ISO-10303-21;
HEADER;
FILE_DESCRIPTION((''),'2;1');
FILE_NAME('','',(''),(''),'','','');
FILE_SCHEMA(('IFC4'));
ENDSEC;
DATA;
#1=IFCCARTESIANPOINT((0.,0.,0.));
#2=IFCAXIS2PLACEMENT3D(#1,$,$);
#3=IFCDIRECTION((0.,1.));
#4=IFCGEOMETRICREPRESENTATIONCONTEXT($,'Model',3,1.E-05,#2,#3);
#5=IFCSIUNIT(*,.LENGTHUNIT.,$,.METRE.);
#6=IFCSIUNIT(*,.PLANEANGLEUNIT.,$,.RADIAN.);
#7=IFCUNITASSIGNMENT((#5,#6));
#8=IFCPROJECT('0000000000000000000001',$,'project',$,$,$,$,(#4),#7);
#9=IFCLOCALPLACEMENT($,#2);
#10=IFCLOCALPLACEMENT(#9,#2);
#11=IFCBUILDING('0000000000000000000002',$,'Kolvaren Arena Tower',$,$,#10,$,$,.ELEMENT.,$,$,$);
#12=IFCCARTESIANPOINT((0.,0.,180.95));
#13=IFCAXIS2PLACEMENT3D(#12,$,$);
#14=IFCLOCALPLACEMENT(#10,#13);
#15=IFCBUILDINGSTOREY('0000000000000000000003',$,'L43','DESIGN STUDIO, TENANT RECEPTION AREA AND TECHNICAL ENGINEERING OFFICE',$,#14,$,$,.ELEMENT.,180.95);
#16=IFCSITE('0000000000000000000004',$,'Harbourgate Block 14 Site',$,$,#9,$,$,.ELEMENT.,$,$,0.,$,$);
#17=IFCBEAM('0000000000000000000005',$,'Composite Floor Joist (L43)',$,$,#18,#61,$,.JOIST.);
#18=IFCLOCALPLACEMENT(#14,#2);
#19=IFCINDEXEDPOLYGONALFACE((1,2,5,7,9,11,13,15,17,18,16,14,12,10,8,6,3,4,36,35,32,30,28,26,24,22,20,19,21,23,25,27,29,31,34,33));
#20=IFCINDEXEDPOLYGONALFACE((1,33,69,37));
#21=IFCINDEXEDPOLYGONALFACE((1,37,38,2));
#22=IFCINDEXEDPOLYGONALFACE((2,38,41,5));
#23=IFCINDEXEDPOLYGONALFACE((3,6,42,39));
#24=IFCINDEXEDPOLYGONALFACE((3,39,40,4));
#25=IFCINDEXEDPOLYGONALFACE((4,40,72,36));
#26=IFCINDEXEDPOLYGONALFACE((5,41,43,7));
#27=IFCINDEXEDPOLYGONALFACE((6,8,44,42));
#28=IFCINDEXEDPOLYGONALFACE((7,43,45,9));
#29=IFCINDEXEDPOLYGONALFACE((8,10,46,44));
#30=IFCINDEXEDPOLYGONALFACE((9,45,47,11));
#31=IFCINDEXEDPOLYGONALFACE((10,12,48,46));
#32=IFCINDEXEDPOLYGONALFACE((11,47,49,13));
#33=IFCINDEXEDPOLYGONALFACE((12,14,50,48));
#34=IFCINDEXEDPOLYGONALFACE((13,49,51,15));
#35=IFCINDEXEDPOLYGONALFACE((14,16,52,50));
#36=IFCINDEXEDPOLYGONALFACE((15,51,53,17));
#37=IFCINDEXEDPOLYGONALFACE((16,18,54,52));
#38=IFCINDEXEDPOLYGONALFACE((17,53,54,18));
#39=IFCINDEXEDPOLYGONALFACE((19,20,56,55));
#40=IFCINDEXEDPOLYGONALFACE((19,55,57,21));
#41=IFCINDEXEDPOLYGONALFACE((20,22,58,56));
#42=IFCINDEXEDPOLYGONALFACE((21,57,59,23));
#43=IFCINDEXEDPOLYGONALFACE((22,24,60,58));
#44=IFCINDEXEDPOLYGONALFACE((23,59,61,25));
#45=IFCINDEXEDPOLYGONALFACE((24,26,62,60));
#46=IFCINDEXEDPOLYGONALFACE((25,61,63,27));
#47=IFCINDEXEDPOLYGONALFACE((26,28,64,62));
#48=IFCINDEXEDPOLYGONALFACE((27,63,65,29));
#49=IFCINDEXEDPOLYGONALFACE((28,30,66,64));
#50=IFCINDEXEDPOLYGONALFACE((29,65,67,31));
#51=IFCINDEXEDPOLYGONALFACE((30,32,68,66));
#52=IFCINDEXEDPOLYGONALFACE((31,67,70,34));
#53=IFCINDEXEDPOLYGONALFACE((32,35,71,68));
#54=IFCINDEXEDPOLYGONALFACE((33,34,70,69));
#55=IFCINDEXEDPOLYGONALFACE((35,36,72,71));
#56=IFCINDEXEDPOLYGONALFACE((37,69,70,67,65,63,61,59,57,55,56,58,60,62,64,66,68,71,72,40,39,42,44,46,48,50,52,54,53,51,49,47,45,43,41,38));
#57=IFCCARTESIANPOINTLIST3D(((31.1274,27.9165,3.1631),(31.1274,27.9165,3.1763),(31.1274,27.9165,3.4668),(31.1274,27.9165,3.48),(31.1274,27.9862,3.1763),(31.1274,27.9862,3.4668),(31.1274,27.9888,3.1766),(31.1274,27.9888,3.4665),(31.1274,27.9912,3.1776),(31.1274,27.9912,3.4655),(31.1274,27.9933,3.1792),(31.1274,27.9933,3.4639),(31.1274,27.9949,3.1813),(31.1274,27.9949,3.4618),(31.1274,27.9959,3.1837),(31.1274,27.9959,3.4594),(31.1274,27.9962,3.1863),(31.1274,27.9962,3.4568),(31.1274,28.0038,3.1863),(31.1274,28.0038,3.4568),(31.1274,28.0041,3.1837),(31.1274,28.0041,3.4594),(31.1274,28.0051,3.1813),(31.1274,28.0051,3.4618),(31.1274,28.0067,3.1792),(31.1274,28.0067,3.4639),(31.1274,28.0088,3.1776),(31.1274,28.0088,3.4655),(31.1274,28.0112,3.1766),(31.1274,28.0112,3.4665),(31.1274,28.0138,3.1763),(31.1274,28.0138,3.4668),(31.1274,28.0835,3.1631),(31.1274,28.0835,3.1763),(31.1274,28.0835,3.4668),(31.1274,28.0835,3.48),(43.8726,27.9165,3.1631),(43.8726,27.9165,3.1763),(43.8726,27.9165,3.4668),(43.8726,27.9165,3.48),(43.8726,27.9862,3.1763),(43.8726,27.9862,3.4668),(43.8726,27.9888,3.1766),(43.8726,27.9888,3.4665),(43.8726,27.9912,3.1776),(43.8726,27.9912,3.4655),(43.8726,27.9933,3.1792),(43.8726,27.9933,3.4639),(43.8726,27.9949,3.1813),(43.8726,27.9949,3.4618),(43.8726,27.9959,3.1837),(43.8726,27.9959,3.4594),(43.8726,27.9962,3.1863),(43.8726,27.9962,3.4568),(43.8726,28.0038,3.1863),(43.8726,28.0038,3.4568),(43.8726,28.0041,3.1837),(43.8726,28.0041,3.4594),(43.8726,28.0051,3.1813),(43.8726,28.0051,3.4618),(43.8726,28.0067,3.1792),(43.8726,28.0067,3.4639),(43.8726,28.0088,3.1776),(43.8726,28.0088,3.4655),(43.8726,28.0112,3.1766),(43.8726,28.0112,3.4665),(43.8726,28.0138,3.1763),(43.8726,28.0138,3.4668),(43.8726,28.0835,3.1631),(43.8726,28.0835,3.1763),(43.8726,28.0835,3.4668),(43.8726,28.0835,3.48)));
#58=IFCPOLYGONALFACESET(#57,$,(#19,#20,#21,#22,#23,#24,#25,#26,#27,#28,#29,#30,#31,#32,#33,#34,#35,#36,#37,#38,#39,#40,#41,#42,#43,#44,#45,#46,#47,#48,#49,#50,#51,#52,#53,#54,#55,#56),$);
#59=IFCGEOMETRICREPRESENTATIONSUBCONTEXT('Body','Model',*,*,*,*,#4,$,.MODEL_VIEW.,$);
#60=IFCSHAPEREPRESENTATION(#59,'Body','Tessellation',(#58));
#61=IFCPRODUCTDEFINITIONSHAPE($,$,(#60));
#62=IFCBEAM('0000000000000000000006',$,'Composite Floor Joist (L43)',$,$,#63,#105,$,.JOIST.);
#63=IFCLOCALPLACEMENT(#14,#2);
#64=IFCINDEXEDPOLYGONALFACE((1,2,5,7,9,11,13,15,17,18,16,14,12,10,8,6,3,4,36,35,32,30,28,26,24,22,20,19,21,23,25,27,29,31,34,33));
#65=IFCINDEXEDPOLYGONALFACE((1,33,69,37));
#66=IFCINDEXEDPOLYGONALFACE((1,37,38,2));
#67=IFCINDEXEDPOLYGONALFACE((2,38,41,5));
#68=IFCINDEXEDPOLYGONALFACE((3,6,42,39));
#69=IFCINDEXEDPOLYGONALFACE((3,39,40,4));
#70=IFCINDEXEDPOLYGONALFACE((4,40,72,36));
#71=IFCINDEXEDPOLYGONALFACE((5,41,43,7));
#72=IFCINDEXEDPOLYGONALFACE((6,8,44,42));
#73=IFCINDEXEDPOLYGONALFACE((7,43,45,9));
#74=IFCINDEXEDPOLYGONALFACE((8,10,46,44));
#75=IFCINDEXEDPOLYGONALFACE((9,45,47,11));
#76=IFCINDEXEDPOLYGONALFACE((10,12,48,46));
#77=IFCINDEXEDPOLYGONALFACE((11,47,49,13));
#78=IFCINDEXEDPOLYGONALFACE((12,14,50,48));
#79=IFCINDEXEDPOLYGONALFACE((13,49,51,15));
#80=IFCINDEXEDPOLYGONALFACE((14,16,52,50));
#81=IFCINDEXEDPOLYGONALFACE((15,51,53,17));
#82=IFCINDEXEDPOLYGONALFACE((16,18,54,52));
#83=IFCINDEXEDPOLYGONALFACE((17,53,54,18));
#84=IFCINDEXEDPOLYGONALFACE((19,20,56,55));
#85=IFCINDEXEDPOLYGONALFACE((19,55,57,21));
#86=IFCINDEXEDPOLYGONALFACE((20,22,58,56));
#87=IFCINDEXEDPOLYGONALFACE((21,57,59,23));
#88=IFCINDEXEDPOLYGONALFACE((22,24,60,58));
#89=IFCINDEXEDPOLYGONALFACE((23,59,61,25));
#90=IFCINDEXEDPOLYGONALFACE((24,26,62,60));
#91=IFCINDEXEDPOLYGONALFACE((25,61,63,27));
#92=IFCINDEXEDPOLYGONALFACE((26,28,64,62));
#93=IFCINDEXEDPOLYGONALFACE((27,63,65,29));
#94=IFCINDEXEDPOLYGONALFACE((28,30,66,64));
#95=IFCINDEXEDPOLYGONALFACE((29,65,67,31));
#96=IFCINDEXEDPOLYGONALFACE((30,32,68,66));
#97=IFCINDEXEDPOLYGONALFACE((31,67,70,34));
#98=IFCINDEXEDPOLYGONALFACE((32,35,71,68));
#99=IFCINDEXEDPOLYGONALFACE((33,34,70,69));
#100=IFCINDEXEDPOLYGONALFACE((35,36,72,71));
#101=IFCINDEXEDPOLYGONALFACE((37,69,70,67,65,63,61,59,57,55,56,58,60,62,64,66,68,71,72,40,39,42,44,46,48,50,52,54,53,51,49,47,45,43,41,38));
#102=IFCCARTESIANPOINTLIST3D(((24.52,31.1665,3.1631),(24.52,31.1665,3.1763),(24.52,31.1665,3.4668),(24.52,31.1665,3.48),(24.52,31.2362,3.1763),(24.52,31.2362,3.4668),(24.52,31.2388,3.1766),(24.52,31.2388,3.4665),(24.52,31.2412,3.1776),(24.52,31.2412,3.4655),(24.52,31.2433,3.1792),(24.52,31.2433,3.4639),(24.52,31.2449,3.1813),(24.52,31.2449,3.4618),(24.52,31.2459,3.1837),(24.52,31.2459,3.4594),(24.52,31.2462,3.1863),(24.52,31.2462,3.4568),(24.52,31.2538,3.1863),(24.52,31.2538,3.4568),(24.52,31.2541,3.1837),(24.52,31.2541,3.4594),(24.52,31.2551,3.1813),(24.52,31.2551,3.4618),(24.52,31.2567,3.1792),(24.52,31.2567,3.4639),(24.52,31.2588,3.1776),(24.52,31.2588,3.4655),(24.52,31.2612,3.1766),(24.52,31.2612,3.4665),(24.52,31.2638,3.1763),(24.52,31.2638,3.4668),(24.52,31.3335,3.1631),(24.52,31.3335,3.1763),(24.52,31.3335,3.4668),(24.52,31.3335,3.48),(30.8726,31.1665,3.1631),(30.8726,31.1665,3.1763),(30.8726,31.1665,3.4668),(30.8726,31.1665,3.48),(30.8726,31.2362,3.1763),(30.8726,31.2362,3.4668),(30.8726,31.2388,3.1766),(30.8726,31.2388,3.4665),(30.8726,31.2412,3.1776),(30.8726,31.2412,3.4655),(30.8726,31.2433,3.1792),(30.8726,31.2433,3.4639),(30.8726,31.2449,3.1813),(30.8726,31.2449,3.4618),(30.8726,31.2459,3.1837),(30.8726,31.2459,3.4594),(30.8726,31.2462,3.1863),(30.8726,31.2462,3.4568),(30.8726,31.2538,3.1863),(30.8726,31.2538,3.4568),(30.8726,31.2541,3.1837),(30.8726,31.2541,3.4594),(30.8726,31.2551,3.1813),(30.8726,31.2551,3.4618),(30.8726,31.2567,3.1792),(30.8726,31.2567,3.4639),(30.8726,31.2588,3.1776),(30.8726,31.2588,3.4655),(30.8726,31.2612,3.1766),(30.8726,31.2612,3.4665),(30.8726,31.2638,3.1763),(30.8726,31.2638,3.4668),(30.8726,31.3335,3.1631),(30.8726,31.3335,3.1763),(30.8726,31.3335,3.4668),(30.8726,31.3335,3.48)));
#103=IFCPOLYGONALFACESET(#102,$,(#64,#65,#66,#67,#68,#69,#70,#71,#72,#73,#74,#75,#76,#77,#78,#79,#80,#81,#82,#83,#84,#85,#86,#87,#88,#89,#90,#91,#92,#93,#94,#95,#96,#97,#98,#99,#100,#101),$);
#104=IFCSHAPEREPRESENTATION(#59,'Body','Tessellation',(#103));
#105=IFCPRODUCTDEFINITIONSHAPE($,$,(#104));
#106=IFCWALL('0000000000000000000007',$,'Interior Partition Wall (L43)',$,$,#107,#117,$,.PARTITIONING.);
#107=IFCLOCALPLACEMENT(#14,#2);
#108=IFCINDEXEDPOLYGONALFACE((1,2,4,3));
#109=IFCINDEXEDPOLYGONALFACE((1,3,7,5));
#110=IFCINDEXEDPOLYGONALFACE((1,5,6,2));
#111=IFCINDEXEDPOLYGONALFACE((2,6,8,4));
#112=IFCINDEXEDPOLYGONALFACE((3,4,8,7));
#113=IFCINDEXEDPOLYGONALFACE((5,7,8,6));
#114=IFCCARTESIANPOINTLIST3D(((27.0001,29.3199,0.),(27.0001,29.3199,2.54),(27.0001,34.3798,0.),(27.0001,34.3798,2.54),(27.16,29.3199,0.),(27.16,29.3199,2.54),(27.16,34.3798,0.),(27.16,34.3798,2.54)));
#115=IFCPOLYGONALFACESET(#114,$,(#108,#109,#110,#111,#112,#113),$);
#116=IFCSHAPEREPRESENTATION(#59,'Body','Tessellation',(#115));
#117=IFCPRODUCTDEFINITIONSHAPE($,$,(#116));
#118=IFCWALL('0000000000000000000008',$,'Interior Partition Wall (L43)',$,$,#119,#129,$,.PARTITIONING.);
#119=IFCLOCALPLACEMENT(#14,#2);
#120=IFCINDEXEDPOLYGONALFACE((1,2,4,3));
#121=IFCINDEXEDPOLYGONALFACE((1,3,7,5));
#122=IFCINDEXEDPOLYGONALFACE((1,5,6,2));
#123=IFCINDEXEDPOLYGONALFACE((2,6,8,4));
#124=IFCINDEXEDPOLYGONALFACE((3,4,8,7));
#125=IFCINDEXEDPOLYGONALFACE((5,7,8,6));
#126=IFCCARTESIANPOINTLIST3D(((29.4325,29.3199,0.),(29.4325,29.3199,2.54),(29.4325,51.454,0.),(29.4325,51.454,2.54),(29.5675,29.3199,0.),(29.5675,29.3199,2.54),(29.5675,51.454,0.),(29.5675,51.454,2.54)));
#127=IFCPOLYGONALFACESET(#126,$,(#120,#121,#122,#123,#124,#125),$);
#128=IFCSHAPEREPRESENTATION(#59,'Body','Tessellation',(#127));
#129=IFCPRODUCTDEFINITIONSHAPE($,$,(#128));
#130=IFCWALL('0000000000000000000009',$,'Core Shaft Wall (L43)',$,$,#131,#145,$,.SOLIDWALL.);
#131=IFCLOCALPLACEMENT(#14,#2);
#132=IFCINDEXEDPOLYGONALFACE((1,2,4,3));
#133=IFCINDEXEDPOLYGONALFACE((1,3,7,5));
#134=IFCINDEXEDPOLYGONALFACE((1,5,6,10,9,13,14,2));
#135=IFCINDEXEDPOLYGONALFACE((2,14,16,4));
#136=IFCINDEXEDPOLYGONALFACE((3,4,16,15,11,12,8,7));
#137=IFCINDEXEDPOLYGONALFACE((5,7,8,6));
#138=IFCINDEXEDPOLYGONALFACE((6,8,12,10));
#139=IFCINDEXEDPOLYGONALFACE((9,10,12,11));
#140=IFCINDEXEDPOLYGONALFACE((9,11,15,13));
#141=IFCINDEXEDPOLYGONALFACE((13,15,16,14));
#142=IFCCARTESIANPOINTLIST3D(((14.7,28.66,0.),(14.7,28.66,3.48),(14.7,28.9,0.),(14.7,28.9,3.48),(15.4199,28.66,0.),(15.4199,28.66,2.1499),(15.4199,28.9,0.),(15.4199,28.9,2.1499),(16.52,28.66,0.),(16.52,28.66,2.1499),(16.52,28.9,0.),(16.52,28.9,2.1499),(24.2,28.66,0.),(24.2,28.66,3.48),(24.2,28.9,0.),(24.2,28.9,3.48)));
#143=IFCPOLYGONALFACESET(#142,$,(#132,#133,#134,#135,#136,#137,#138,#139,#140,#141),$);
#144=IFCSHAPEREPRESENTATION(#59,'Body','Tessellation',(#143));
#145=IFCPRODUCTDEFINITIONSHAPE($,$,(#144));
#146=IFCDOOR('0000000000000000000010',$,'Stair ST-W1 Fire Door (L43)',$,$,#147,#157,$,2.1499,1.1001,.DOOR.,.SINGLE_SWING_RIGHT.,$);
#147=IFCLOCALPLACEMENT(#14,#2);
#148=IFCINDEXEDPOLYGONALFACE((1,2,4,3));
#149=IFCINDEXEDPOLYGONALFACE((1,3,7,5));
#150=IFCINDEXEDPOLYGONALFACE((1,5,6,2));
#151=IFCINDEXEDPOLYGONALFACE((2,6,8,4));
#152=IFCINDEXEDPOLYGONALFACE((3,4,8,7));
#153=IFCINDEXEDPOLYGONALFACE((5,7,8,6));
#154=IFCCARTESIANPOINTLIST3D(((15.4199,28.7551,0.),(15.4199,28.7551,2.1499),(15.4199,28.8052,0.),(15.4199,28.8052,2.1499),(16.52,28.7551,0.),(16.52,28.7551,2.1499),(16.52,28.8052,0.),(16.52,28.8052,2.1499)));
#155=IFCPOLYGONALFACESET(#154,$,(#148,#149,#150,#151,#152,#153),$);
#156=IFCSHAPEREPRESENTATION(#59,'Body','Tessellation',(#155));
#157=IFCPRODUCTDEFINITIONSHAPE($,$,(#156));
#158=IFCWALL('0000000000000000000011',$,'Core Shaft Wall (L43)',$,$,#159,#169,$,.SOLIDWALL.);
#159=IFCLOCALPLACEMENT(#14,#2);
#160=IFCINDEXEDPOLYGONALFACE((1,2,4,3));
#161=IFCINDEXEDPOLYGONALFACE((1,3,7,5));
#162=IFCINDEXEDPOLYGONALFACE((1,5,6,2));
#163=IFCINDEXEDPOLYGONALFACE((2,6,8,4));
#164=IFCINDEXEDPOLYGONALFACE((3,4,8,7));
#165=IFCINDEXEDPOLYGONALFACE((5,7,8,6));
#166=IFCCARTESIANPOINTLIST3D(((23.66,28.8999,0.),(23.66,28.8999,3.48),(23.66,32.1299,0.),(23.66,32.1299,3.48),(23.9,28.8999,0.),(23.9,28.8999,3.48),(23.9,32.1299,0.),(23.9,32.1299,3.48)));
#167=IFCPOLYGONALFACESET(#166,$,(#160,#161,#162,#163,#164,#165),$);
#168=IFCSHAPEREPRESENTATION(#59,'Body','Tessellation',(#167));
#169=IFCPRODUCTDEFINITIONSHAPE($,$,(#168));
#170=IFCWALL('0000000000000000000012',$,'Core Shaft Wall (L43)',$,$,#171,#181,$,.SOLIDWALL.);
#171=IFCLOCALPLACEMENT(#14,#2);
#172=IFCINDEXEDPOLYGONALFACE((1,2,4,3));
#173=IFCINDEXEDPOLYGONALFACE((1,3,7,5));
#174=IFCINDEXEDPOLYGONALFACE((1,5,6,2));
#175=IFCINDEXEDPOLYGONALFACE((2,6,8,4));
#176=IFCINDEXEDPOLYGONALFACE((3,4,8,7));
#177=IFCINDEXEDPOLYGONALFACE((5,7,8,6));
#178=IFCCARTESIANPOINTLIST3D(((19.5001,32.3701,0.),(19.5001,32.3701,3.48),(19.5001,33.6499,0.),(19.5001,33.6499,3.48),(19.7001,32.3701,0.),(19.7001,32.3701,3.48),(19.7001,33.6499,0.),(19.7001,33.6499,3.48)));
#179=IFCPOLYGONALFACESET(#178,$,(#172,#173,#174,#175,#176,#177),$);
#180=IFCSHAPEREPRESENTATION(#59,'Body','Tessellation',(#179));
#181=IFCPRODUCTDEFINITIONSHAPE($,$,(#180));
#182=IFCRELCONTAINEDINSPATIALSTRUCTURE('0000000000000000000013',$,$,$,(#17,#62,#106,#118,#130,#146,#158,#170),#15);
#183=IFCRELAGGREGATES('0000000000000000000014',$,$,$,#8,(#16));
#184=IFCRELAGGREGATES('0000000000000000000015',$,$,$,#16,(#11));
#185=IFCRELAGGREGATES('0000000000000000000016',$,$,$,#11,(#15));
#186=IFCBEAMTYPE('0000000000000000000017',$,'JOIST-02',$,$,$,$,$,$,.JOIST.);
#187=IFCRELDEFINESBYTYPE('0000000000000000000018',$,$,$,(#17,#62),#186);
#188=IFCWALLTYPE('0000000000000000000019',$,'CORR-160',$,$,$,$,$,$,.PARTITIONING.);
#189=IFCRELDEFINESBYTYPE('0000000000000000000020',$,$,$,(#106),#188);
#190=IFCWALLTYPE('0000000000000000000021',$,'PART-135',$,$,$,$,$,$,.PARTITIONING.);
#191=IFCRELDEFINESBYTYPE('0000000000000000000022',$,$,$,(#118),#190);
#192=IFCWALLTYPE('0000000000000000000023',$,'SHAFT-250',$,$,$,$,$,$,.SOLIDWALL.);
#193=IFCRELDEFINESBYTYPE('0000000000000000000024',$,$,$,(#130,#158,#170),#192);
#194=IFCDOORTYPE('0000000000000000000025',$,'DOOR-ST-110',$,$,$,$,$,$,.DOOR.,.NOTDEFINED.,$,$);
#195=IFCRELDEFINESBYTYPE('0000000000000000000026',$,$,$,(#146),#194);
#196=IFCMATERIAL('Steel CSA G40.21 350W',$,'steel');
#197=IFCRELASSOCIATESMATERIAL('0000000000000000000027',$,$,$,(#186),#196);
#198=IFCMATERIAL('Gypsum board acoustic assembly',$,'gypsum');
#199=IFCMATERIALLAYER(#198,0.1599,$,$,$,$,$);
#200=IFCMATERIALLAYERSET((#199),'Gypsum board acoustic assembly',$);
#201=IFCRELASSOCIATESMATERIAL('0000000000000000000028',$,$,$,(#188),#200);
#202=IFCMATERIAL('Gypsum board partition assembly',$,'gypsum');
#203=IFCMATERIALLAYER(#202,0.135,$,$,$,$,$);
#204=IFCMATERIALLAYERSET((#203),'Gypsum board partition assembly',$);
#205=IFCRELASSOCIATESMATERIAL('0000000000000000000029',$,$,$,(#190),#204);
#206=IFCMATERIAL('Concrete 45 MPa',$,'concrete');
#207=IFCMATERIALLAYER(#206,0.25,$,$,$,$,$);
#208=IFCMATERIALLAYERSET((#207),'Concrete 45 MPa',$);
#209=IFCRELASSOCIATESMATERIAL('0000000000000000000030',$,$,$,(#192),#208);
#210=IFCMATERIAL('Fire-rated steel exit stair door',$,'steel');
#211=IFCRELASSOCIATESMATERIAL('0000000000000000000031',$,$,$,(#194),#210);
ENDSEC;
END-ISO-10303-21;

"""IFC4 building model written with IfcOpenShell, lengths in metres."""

from ifc_helpers import new_model, si_unit, direction, frame, frame_2d, origin, origin_2d, place, context, subcontext, project, spatial, rectangle, i_section, extrude, material, layer, layer_set, material_profile, profile_set, type_object, element, fill, save


model = new_model("IFC4")

# Units and contexts
model_context = context("Model", 3, precision=1e-05, world=origin(), true_north=direction((0.0, 1.0)))
body_context = subcontext(model_context, "Body", "Model", "MODEL_VIEW")
ifc_project = project(units=[si_unit("LENGTHUNIT", "METRE"), si_unit("PLANEANGLEUNIT", "RADIAN")], contexts=[model_context])

# Site, building, storey
site_placement = place(None, origin())
site = spatial("IfcSite", under=ifc_project, at=site_placement, Name="Harbourgate Block 14 Site", CompositionType="ELEMENT", RefElevation=0.0)
building_placement = place(site_placement, origin())
building = spatial("IfcBuilding", under=site, at=building_placement, Name="Kolvaren Arena Tower", CompositionType="ELEMENT")
storey_placement = place(building_placement, frame((0.0, 0.0, 180.95)))
storey = spatial("IfcBuildingStorey", under=building, at=storey_placement, Name="L43", Description="DESIGN STUDIO, TENANT RECEPTION AREA AND TECHNICAL ENGINEERING OFFICE", CompositionType="ELEMENT", Elevation=180.95)

# Beams
ifc_material_1 = material(Name="Steel CSA G40.21 350W", Category="steel")
ifc_material_profile_1 = material_profile(ifc_material_1, i_section(OverallWidth=0.167, OverallDepth=0.3169, WebThickness=0.0076, FlangeThickness=0.0132, FilletRadius=0.01, at=origin_2d()), Name="W310x52")
ifc_profile_set_1 = profile_set([ifc_material_profile_1], Name="Steel CSA G40.21 350W")
beam_type_1 = type_object("IfcBeamType", Name="JOIST-02", PredefinedType="JOIST", material=ifc_profile_set_1)
for number, where, z_axis, x_axis, name in (
    (1, (31.1274, 28.0, 3.3215), (1.0, 0.0, 0.0), (0.0, 1.0, 0.0), "Composite Floor Joist (L43)"),
):
    element("IfcBeam", number, at=place(storey_placement, frame(where, z_axis=z_axis, x_axis=x_axis)), inside=storey, type_object=beam_type_1, Name=name, PredefinedType="JOIST", context=body_context, shape_type="SweptSolid", body=[
        extrude(i_section(OverallWidth=0.167, OverallDepth=0.3169, WebThickness=0.0076, FlangeThickness=0.0132, FilletRadius=0.01, at=origin_2d()), origin(), (0.0, 0.0, 1.0), 12.7451),
    ])
beam_1_placement = place(storey_placement, frame((24.52, 31.25, 3.3215), z_axis=(1.0, 0.0, 0.0), x_axis=(0.0, 1.0, 0.0)))
element("IfcBeam", 2, at=beam_1_placement, inside=storey, type_object=beam_type_1, Name="Composite Floor Joist (L43)", PredefinedType="JOIST", context=body_context, shape_type="SweptSolid", body=[
    extrude(i_section(OverallWidth=0.167, OverallDepth=0.3169, WebThickness=0.0076, FlangeThickness=0.0132, FilletRadius=0.01, at=origin_2d()), origin(), (0.0, 0.0, 1.0), 6.3525),
])

# Shared definitions
ifc_material_2 = material(Name="Gypsum board acoustic assembly", Category="gypsum")
ifc_layer_1 = layer(ifc_material_2, 0.1599)
ifc_layer_set_1 = layer_set([ifc_layer_1], Name="Gypsum board acoustic assembly")
wall_type_1 = type_object("IfcWallType", Name="CORR-160", PredefinedType="PARTITIONING", material=ifc_layer_set_1)

# Wall
wall_1_placement = place(storey_placement, frame((27.0801, 29.3201, 0.0), z_axis=(0.0, 0.0, 1.0), x_axis=(0.0, 1.0, 0.0)))
element("IfcWall", 3, at=wall_1_placement, inside=storey, type_object=wall_type_1, Name="Interior Partition Wall (L43)", PredefinedType="PARTITIONING", context=body_context, shape_type="SweptSolid", body=[
    extrude(rectangle(XDim=5.0598, YDim=0.1599, at=frame_2d((2.5298, 0.0))), origin(), (0.0, 0.0, 1.0), 2.54),
])

# Wall
ifc_material_3 = material(Name="Gypsum board partition assembly", Category="gypsum")
ifc_layer_2 = layer(ifc_material_3, 0.135)
ifc_layer_set_2 = layer_set([ifc_layer_2], Name="Gypsum board partition assembly")
wall_type_2 = type_object("IfcWallType", Name="PART-135", PredefinedType="PARTITIONING", material=ifc_layer_set_2)
wall_2_placement = place(storey_placement, frame((29.5, 29.3201, 0.0), z_axis=(0.0, 0.0, 1.0), x_axis=(0.0, 1.0, 0.0)))
element("IfcWall", 4, at=wall_2_placement, inside=storey, type_object=wall_type_2, Name="Interior Partition Wall (L43)", PredefinedType="PARTITIONING", context=body_context, shape_type="SweptSolid", body=[
    extrude(rectangle(XDim=22.134, YDim=0.135, at=frame_2d((11.0669, 0.0))), origin(), (0.0, 0.0, 1.0), 2.54),
])

# Wall, opening, door
ifc_material_4 = material(Name="Concrete 45 MPa", Category="concrete")
ifc_layer_3 = layer(ifc_material_4, 0.25)
ifc_layer_set_3 = layer_set([ifc_layer_3], Name="Concrete 45 MPa")
wall_type_3 = type_object("IfcWallType", Name="SHAFT-250", PredefinedType="SOLIDWALL", material=ifc_layer_set_3)
wall_3_placement = place(storey_placement, frame((24.2, 28.78, 0.0), z_axis=(0.0, 0.0, 1.0), x_axis=(-1.0, 0.0, 0.0)))
wall_3 = element("IfcWall", 5, at=wall_3_placement, inside=storey, type_object=wall_type_3, Name="Core Shaft Wall (L43)", PredefinedType="SOLIDWALL", context=body_context, shape_type="SweptSolid", body=[
    extrude(rectangle(XDim=9.5, YDim=0.24, at=frame_2d((4.75, 0.0))), origin(), (0.0, 0.0, 1.0), 3.48),
])
opening_1_placement = place(wall_3_placement, frame((7.6799, 0.0, 0.0)))
opening_1 = element("IfcOpeningElement", 6, at=opening_1_placement, cuts=wall_3, PredefinedType="OPENING", context=body_context, shape_type="SweptSolid", body=[
    extrude(rectangle(XDim=1.1001, YDim=2.1499, at=frame_2d((0.55, 1.075))), frame((0.0, 0.1299, 0.0), z_axis=(0.0, -1.0, 0.0), x_axis=(1.0, 0.0, 0.0)), (0.0, 0.0, 1.0), 0.26),
])
ifc_material_5 = material(Name="Fire-rated steel exit stair door", Category="steel")
door_type_1 = type_object("IfcDoorType", Name="DOOR-ST-110", OperationType="NOTDEFINED", PredefinedType="DOOR", material=ifc_material_5)
door_1_placement = place(opening_1_placement, origin())
door_1 = element("IfcDoor", 7, at=door_1_placement, inside=storey, type_object=door_type_1, Name="Stair ST-W1 Fire Door (L43)", OperationType="SINGLE_SWING_RIGHT", OverallHeight=2.1499, OverallWidth=1.1001, PredefinedType="DOOR", context=body_context, shape_type="SweptSolid", body=[
    extrude(rectangle(XDim=1.1001, YDim=2.1499, at=frame_2d((0.55, 1.075))), frame((0.0, 0.0249, 0.0), z_axis=(0.0, -1.0, 0.0), x_axis=(1.0, 0.0, 0.0)), (0.0, 0.0, 1.0), 0.05),
])
fill(opening_1, door_1)

# Walls
wall_4_placement = place(storey_placement, frame((23.78, 28.8999, 0.0), z_axis=(0.0, 0.0, 1.0), x_axis=(0.0, 1.0, 0.0)))
element("IfcWall", 8, at=wall_4_placement, inside=storey, type_object=wall_type_3, Name="Core Shaft Wall (L43)", PredefinedType="SOLIDWALL", context=body_context, shape_type="SweptSolid", body=[
    extrude(rectangle(XDim=3.23, YDim=0.24, at=frame_2d((1.615, 0.0))), origin(), (0.0, 0.0, 1.0), 3.48),
])
wall_5_placement = place(storey_placement, frame((19.6001, 32.3701, 0.0), z_axis=(0.0, 0.0, 1.0), x_axis=(0.0, 1.0, 0.0)))
element("IfcWall", 9, at=wall_5_placement, inside=storey, type_object=wall_type_3, Name="Core Shaft Wall (L43)", PredefinedType="SOLIDWALL", context=body_context, shape_type="SweptSolid", body=[
    extrude(rectangle(XDim=1.2798, YDim=0.2, at=frame_2d((0.6399, 0.0))), origin(), (0.0, 0.0, 1.0), 3.48),
])

save(model, "model.ifc")
